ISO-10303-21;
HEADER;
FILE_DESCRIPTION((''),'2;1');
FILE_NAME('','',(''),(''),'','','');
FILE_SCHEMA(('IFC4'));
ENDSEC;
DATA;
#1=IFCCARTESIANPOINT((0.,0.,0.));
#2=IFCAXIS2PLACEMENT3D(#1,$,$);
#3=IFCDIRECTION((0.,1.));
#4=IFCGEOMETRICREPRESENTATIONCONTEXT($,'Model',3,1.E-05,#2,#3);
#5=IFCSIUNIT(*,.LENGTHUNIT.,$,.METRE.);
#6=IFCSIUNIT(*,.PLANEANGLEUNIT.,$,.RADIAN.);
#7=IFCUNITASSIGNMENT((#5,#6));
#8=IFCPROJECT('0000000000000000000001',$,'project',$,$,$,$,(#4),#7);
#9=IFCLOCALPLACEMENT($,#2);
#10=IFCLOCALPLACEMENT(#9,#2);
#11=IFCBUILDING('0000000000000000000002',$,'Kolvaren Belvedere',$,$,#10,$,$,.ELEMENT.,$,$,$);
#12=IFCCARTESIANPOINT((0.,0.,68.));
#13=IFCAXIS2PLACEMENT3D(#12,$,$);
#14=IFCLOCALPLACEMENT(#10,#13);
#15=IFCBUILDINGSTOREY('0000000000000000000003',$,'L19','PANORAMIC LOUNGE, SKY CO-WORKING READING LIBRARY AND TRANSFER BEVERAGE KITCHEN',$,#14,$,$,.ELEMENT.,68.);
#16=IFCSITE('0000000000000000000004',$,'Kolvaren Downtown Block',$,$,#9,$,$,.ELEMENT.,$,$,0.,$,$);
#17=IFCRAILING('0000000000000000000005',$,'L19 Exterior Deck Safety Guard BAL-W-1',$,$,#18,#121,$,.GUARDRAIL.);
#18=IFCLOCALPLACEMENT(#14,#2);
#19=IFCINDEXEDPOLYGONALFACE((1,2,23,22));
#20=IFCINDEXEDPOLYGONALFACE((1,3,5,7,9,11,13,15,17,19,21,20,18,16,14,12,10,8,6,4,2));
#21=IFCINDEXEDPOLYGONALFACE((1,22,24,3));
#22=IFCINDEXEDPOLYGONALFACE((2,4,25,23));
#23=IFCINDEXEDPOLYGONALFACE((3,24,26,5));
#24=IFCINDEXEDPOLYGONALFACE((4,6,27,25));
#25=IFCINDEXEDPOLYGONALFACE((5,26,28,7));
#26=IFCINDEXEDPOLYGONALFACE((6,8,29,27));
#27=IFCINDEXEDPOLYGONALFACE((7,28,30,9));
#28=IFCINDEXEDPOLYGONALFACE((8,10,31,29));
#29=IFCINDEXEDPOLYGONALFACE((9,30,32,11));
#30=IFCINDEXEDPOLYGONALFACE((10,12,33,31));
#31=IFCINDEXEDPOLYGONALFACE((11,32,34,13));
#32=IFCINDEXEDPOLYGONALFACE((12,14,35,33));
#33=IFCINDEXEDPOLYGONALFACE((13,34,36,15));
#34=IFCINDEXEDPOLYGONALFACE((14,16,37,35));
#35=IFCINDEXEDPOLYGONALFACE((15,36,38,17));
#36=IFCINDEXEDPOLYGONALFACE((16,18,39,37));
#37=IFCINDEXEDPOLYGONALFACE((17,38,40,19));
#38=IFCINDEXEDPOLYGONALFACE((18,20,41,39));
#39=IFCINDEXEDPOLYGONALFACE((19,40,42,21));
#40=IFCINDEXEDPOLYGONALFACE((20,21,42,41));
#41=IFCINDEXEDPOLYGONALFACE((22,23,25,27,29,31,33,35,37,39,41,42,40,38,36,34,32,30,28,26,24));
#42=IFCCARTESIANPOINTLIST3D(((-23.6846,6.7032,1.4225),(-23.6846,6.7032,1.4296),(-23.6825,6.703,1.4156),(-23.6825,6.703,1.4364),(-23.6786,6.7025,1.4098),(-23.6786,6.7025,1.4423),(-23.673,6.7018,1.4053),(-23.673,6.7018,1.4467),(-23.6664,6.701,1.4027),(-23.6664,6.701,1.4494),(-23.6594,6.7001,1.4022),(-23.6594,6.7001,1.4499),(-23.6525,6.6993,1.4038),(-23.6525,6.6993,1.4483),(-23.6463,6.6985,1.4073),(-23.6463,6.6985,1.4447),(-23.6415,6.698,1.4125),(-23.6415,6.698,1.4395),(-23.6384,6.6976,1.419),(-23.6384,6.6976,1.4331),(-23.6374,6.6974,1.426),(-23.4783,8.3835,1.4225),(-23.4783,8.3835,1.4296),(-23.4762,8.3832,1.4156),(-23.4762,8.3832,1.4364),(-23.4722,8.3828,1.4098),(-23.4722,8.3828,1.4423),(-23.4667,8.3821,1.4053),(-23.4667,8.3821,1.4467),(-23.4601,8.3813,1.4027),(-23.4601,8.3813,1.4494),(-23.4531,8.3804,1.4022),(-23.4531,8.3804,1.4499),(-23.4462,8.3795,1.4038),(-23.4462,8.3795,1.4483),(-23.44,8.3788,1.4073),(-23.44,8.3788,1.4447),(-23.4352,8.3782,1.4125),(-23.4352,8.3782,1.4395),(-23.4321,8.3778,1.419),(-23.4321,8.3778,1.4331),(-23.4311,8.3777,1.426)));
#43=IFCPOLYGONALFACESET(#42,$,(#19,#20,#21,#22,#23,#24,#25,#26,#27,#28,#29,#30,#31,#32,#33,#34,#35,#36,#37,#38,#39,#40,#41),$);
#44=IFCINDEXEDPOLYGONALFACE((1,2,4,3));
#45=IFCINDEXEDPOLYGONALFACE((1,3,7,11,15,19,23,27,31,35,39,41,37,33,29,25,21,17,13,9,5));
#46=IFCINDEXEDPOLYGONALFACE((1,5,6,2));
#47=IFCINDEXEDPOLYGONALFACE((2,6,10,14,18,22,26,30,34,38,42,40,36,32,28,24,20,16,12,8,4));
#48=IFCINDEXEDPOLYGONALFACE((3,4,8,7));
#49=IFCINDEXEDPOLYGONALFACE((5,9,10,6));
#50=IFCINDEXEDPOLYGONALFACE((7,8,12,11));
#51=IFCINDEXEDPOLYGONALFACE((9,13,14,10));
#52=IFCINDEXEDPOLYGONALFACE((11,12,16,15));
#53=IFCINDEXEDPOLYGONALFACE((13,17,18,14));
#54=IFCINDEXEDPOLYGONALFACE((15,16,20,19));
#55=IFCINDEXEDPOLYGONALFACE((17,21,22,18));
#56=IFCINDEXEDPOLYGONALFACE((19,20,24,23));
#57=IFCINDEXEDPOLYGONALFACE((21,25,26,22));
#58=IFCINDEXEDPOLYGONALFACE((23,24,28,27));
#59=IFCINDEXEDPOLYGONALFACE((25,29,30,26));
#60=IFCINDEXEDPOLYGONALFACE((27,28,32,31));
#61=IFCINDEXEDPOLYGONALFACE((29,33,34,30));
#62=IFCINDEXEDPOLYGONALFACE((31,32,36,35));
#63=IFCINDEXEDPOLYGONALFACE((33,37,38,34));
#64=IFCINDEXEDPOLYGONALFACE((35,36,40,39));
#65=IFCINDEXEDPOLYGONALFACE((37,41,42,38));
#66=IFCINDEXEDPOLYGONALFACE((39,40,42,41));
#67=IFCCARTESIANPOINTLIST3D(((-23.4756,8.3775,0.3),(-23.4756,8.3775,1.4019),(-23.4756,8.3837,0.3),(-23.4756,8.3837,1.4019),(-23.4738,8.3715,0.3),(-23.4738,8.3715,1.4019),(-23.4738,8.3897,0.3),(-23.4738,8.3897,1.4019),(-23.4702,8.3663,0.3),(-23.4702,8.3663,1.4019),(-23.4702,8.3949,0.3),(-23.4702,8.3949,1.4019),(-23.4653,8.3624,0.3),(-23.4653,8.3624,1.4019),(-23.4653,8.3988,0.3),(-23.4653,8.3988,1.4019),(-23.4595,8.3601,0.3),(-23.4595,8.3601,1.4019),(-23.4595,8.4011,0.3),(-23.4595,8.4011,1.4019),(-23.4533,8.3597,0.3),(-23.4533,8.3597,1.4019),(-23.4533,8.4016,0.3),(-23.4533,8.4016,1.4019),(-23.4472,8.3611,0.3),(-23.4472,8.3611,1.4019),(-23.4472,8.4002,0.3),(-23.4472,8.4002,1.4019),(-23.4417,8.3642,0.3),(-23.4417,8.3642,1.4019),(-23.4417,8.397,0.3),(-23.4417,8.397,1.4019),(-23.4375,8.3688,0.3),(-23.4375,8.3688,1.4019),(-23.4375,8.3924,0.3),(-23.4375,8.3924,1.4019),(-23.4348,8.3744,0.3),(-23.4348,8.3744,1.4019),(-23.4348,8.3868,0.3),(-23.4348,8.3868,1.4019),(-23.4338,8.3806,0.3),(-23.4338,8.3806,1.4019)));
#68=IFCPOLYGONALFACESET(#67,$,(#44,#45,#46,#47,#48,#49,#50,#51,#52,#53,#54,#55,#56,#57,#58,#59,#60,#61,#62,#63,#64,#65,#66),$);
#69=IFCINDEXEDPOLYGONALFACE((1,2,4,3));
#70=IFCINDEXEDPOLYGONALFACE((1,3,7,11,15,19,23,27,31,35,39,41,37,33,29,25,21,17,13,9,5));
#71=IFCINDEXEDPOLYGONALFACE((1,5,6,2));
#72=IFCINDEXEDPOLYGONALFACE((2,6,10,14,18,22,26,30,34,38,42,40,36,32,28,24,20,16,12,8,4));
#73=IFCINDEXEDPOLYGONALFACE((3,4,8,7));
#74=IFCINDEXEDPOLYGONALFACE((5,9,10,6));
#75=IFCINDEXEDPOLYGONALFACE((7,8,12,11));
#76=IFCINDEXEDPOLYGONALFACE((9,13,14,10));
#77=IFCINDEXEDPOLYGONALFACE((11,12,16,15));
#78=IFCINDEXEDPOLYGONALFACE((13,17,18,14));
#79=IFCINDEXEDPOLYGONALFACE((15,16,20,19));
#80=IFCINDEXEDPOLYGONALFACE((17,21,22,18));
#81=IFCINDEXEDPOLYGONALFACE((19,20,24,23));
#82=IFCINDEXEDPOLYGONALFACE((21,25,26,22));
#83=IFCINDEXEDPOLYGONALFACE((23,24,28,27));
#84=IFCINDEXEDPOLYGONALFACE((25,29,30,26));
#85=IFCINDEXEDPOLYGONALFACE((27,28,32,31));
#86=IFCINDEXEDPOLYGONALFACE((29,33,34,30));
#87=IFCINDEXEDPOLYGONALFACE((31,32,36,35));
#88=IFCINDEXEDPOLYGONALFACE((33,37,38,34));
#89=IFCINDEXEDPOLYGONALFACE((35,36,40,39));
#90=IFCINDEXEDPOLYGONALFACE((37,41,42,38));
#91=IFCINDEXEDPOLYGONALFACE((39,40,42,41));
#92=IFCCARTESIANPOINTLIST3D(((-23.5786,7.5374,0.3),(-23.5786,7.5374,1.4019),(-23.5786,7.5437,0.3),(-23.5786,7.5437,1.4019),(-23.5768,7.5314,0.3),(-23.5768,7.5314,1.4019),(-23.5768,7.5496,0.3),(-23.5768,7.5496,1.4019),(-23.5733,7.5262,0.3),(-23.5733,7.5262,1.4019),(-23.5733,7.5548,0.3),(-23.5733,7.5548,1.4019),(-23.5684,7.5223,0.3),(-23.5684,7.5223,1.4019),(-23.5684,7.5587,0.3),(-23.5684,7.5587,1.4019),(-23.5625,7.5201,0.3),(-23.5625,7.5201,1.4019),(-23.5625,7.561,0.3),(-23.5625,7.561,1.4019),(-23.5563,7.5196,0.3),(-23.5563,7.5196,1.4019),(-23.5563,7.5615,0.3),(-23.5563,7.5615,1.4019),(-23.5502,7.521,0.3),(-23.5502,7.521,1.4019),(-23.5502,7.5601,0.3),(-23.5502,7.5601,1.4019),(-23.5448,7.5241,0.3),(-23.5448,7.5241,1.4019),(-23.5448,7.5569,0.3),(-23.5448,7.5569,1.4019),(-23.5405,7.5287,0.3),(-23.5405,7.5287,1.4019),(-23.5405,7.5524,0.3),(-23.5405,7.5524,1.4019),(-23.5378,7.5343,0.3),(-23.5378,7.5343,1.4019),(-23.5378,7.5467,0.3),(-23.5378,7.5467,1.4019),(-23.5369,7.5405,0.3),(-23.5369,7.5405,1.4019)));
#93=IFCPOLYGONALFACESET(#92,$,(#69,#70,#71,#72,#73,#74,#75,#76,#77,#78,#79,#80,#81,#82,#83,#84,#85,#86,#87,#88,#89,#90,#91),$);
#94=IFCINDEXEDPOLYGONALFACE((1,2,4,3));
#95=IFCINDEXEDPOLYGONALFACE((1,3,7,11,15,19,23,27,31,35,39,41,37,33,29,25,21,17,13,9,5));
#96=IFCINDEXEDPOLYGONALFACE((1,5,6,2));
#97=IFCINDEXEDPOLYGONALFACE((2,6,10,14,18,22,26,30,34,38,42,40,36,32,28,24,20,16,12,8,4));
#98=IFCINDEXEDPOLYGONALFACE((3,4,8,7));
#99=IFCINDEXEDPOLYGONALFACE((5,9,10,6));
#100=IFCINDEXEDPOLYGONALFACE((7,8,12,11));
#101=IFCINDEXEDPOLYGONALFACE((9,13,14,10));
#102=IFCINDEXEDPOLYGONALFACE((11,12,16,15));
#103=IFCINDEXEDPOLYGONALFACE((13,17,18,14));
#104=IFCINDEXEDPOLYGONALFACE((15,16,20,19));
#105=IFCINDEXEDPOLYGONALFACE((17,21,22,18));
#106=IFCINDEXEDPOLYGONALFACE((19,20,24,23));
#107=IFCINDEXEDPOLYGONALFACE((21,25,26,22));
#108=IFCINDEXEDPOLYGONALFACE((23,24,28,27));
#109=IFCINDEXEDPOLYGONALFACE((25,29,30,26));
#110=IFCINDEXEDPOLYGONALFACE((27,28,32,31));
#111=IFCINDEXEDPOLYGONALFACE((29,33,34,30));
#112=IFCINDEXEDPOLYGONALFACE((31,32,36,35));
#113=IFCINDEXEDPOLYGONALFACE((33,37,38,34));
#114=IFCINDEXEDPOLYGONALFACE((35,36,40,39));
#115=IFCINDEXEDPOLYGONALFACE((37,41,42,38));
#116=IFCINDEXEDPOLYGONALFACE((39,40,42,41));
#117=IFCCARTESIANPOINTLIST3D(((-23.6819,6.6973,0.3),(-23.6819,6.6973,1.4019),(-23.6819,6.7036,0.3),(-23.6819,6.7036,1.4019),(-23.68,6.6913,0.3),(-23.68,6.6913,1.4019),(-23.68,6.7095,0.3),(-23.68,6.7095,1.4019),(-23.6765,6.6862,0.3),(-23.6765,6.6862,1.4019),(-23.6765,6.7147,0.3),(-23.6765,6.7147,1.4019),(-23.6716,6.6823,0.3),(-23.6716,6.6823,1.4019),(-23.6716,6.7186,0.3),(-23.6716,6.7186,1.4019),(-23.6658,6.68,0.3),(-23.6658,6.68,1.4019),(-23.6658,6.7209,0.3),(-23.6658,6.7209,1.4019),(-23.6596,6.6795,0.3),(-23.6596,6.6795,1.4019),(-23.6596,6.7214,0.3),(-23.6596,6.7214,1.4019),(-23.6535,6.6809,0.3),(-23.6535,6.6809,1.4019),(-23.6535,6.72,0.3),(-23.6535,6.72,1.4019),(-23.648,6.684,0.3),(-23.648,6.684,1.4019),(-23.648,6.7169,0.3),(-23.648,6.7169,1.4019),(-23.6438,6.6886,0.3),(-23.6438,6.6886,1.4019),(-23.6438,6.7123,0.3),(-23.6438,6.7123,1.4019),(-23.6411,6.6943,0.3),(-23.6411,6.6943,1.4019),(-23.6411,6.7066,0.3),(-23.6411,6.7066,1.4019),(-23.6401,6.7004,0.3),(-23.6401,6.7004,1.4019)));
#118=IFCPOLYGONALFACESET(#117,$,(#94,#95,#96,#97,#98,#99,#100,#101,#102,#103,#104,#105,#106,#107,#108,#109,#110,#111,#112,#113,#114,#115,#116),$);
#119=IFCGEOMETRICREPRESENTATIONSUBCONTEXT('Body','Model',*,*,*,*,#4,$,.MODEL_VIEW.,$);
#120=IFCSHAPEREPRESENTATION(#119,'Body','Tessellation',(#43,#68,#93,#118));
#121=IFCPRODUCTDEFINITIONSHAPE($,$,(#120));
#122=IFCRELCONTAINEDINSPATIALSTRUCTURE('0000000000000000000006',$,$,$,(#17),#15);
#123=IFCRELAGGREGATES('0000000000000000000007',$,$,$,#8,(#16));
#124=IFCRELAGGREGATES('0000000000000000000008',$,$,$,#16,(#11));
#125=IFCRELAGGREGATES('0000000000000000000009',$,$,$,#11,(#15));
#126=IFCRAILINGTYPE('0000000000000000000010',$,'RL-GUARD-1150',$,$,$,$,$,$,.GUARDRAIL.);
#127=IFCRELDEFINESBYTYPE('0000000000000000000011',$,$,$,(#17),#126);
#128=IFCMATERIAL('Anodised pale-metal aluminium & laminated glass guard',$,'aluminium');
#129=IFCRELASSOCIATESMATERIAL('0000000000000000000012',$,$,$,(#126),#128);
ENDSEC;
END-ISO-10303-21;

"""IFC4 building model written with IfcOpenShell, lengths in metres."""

from ifc_helpers import new_model, si_unit, direction, frame, origin, origin_2d, place, context, subcontext, project, spatial, circle, extrude, material, type_object, element, save


model = new_model("IFC4")

# Units and contexts
model_context = context("Model", 3, precision=1e-05, world=origin(), true_north=direction((0.0, 1.0)))
body_context = subcontext(model_context, "Body", "Model", "MODEL_VIEW")
ifc_project = project(units=[si_unit("LENGTHUNIT", "METRE"), si_unit("PLANEANGLEUNIT", "RADIAN")], contexts=[model_context])

# Site, building, storey
site_placement = place(None, origin())
site = spatial("IfcSite", under=ifc_project, at=site_placement, Name="Kolvaren Downtown Block", CompositionType="ELEMENT", RefElevation=0.0)
building_placement = place(site_placement, origin())
building = spatial("IfcBuilding", under=site, at=building_placement, Name="Kolvaren Belvedere", CompositionType="ELEMENT")
storey_placement = place(building_placement, frame((0.0, 0.0, 68.0)))
storey = spatial("IfcBuildingStorey", under=building, at=storey_placement, Name="L19", Description="PANORAMIC LOUNGE, SKY CO-WORKING READING LIBRARY AND TRANSFER BEVERAGE KITCHEN", CompositionType="ELEMENT", Elevation=68.0)

# Railing
ifc_material_1 = material(Name="Anodised pale-metal aluminium & laminated glass guard", Category="aluminium")
railing_type = type_object("IfcRailingType", Name="RL-GUARD-1150", PredefinedType="GUARDRAIL", material=ifc_material_1)
railing_1_placement = place(storey_placement, frame((-23.4548, 8.3806, 0.3)))
element("IfcRailing", 1, at=railing_1_placement, inside=storey, type_object=railing_type, Name="L19 Exterior Deck Safety Guard BAL-W-1", PredefinedType="GUARDRAIL", context=body_context, shape_type="SweptSolid", body=[
    extrude(circle(Radius=0.0239, at=origin_2d()), frame((0.0, 0.0, 1.126), z_axis=(-0.121869, -0.992546, 0.0), x_axis=(0.992546, -0.121869, 0.0)), (0.0, 0.0, 1.0), 1.6929),
    extrude(circle(Radius=0.021, at=origin_2d()), origin(), (0.0, 0.0, 1.0), 1.1018),
    extrude(circle(Radius=0.021, at=origin_2d()), frame((-0.103, -0.8401, 0.0)), (0.0, 0.0, 1.0), 1.1018),
    extrude(circle(Radius=0.021, at=origin_2d()), frame((-0.2063, -1.6802, 0.0)), (0.0, 0.0, 1.0), 1.1018),
])

save(model, "model.ifc")
